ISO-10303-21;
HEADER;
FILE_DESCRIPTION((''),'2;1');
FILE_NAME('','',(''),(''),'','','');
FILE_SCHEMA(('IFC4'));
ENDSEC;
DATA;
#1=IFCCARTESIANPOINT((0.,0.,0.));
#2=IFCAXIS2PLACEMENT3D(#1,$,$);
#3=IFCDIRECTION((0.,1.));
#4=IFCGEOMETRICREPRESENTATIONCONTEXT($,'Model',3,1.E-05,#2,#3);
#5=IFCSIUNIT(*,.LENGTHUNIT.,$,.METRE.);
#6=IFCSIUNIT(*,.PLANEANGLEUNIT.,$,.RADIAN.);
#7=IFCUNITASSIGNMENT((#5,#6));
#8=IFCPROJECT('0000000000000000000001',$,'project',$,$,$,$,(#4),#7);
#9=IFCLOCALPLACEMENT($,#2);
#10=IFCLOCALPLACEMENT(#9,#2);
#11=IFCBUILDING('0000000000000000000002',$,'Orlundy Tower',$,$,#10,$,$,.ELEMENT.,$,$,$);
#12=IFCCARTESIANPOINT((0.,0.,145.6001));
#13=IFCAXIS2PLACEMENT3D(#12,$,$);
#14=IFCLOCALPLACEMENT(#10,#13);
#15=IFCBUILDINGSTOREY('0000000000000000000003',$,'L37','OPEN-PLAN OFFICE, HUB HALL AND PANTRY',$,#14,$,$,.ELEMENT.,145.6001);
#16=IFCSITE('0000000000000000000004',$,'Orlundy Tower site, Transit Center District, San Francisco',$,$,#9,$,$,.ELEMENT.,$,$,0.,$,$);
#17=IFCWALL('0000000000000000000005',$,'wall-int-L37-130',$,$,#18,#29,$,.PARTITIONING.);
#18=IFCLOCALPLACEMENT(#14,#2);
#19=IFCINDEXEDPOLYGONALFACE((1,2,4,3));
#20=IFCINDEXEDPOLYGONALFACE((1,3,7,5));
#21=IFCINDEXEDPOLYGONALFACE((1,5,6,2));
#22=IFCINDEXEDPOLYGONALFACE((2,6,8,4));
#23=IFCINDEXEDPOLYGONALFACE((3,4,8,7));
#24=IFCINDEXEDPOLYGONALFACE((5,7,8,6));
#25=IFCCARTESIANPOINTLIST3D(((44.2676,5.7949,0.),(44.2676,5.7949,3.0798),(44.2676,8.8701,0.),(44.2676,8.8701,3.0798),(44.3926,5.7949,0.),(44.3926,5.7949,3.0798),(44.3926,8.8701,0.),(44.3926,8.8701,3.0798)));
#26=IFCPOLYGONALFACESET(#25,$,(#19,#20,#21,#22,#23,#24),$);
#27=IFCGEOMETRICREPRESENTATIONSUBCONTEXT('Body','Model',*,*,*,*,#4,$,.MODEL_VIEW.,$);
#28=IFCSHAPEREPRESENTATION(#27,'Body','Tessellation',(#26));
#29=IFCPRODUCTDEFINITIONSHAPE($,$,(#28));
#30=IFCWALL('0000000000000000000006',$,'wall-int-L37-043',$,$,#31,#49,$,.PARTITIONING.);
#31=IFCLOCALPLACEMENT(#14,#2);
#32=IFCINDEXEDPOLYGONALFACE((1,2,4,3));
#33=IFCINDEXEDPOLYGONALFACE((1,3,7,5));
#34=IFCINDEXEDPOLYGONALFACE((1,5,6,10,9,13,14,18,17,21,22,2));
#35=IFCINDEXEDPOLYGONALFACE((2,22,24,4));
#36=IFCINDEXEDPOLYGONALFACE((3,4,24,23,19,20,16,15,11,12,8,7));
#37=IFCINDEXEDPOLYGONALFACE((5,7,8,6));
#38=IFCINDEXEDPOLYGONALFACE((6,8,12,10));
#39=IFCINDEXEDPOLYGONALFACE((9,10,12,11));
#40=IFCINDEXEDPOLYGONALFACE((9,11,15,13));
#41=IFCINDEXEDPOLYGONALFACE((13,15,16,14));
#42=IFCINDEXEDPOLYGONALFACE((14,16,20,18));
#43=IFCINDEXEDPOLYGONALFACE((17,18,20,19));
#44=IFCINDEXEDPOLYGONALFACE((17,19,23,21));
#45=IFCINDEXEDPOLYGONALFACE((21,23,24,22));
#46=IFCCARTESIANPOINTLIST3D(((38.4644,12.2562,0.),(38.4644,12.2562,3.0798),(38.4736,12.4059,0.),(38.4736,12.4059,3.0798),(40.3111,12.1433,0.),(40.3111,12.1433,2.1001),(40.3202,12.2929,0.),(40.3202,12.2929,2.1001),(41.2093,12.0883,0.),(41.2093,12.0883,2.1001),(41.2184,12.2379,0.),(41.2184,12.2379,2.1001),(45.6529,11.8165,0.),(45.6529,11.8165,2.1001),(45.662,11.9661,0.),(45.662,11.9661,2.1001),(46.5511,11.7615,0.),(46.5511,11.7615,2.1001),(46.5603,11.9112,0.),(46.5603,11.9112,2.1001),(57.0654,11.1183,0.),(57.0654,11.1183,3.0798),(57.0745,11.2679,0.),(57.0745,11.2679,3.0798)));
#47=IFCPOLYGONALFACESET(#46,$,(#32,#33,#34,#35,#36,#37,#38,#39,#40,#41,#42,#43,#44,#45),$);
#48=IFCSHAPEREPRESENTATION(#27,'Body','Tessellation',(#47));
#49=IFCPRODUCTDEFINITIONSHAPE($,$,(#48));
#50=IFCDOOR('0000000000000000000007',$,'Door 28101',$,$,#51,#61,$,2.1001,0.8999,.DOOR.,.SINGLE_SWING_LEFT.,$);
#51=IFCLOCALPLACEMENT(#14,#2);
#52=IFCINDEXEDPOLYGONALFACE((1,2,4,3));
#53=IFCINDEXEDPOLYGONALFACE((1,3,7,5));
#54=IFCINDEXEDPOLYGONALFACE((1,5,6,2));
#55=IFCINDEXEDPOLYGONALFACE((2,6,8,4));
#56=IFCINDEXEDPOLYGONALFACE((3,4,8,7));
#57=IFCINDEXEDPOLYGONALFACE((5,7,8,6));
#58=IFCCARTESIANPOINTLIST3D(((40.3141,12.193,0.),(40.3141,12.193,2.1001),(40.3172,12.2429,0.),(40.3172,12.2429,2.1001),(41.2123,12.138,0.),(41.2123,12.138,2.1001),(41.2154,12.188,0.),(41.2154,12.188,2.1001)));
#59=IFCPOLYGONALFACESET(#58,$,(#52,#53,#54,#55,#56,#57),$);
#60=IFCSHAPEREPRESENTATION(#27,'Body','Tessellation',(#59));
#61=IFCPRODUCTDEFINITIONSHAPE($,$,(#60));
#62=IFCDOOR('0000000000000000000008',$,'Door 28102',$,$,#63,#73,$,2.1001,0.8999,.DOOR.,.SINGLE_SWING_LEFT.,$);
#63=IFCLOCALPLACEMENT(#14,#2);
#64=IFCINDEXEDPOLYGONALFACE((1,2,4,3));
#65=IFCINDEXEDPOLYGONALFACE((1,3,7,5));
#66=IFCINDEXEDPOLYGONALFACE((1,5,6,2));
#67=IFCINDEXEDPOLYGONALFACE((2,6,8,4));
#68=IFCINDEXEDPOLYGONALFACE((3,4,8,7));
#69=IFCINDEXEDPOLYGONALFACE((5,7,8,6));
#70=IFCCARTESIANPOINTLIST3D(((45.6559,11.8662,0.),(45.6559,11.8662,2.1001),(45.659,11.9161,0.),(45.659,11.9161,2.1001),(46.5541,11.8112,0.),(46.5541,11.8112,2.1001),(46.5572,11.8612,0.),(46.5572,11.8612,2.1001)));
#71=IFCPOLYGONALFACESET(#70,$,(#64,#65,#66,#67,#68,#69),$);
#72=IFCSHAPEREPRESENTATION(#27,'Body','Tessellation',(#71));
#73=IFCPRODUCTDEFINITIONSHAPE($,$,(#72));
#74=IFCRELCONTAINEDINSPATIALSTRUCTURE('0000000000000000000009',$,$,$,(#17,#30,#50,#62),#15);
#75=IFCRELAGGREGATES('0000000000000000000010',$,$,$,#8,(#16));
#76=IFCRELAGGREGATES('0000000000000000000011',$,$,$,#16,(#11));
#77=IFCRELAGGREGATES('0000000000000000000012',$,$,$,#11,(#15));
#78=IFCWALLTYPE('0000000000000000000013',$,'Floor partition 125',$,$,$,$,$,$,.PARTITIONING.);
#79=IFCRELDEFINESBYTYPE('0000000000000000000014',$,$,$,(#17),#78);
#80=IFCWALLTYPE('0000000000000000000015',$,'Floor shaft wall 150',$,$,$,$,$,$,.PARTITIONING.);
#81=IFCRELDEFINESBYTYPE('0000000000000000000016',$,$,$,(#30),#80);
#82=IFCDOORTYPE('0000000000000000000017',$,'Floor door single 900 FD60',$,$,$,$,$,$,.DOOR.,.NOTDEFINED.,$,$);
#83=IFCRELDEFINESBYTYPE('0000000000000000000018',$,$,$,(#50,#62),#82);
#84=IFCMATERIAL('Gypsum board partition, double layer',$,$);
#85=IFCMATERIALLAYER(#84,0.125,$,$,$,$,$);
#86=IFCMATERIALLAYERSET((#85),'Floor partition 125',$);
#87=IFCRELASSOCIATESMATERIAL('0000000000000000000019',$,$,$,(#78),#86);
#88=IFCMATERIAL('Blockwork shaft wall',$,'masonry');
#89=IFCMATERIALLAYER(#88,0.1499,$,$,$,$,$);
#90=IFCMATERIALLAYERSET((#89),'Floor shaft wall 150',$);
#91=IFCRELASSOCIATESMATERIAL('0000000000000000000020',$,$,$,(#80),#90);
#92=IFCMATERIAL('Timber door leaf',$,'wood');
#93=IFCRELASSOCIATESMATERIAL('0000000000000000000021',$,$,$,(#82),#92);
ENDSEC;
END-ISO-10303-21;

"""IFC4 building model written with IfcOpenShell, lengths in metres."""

from ifc_helpers import new_model, si_unit, direction, frame, frame_2d, origin, place, context, subcontext, project, spatial, rectangle, extrude, material, layer, layer_set, type_object, element, fill, save


model = new_model("IFC4")

# Units and contexts
model_context = context("Model", 3, precision=1e-05, world=origin(), true_north=direction((0.0, 1.0)))
body_context = subcontext(model_context, "Body", "Model", "MODEL_VIEW")
ifc_project = project(units=[si_unit("LENGTHUNIT", "METRE"), si_unit("PLANEANGLEUNIT", "RADIAN")], contexts=[model_context])

# Site, building, storey
site_placement = place(None, origin())
site = spatial("IfcSite", under=ifc_project, at=site_placement, Name="Orlundy Tower site, Transit Center District, San Francisco", CompositionType="ELEMENT", RefElevation=0.0)
building_placement = place(site_placement, origin())
building = spatial("IfcBuilding", under=site, at=building_placement, Name="Orlundy Tower", CompositionType="ELEMENT")
storey_placement = place(building_placement, frame((0.0, 0.0, 145.6001)))
storey = spatial("IfcBuildingStorey", under=building, at=storey_placement, Name="L37", Description="OPEN-PLAN OFFICE, HUB HALL AND PANTRY", CompositionType="ELEMENT", Elevation=145.6001)

# Shared definitions
ifc_material_1 = material(Name="Gypsum board partition, double layer")
ifc_layer_1 = layer(ifc_material_1, 0.125)
ifc_layer_set_1 = layer_set([ifc_layer_1], Name="Floor partition 125")
wall_type_1 = type_object("IfcWallType", Name="Floor partition 125", PredefinedType="PARTITIONING", material=ifc_layer_set_1)

# Wall
wall_1_placement = place(storey_placement, frame((44.3301, 5.7949, 0.0), z_axis=(0.0, 0.0, 1.0), x_axis=(0.0, 1.0, 0.0)))
element("IfcWall", 1, at=wall_1_placement, inside=storey, type_object=wall_type_1, Name="wall-int-L37-130", PredefinedType="PARTITIONING", context=body_context, shape_type="SweptSolid", body=[
    extrude(rectangle(XDim=3.0752, YDim=0.125, at=frame_2d((1.5376, 0.0))), origin(), (0.0, 0.0, 1.0), 3.0798),
])

# Wall, openings, doors
ifc_material_2 = material(Name="Blockwork shaft wall", Category="masonry")
ifc_layer_2 = layer(ifc_material_2, 0.1499)
ifc_layer_set_2 = layer_set([ifc_layer_2], Name="Floor shaft wall 150")
wall_type_2 = type_object("IfcWallType", Name="Floor shaft wall 150", PredefinedType="PARTITIONING", material=ifc_layer_set_2)
wall_2_placement = place(storey_placement, frame((38.469, 12.3311, 0.0), z_axis=(0.0, 0.0, 1.0), x_axis=(0.998134, -0.061062, 0.0)))
wall_2 = element("IfcWall", 2, at=wall_2_placement, inside=storey, type_object=wall_type_2, Name="wall-int-L37-043", PredefinedType="PARTITIONING", context=body_context, shape_type="SweptSolid", body=[
    extrude(rectangle(XDim=18.6357, YDim=0.1499, at=frame_2d((9.3179, 0.0))), origin(), (0.0, 0.0, 1.0), 3.0798),
])
opening_1_placement = place(wall_2_placement, frame((1.8501, 0.0, 0.0)))
opening_1 = element("IfcOpeningElement", 3, at=opening_1_placement, cuts=wall_2, PredefinedType="OPENING", context=body_context, shape_type="SweptSolid", body=[
    extrude(rectangle(XDim=0.8999, YDim=2.1001, at=frame_2d((0.45, 1.05))), frame((0.0, 0.085, 0.0), z_axis=(0.0, -1.0, 0.0), x_axis=(1.0, 0.0, 0.0)), (0.0, 0.0, 1.0), 0.1699),
])
opening_2_placement = place(wall_2_placement, frame((7.2019, 0.0, 0.0)))
opening_2 = element("IfcOpeningElement", 4, at=opening_2_placement, cuts=wall_2, PredefinedType="OPENING", context=body_context, shape_type="SweptSolid", body=[
    extrude(rectangle(XDim=0.8999, YDim=2.1001, at=frame_2d((0.45, 1.05))), frame((0.0, 0.085, 0.0), z_axis=(0.0, -1.0, 0.0), x_axis=(1.0, 0.0, 0.0)), (0.0, 0.0, 1.0), 0.1699),
])
ifc_material_3 = material(Name="Timber door leaf", Category="wood")
door_type_1 = type_object("IfcDoorType", Name="Floor door single 900 FD60", OperationType="NOTDEFINED", PredefinedType="DOOR", material=ifc_material_3)
door_1_placement = place(opening_1_placement, origin())
door_1 = element("IfcDoor", 5, at=door_1_placement, inside=storey, type_object=door_type_1, Name="Door 28101", OperationType="SINGLE_SWING_LEFT", OverallHeight=2.1001, OverallWidth=0.8999, PredefinedType="DOOR", context=body_context, shape_type="SweptSolid", body=[
    extrude(rectangle(XDim=0.8999, YDim=2.1001, at=frame_2d((0.45, 1.05))), frame((0.0, 0.0249, 0.0), z_axis=(0.0, -1.0, 0.0), x_axis=(1.0, 0.0, 0.0)), (0.0, 0.0, 1.0), 0.05),
])
fill(opening_1, door_1)
door_2_placement = place(opening_2_placement, origin())
door_2 = element("IfcDoor", 6, at=door_2_placement, inside=storey, type_object=door_type_1, Name="Door 28102", OperationType="SINGLE_SWING_LEFT", OverallHeight=2.1001, OverallWidth=0.8999, PredefinedType="DOOR", context=body_context, shape_type="SweptSolid", body=[
    extrude(rectangle(XDim=0.8999, YDim=2.1001, at=frame_2d((0.45, 1.05))), frame((0.0, 0.0249, 0.0), z_axis=(0.0, -1.0, 0.0), x_axis=(1.0, 0.0, 0.0)), (0.0, 0.0, 1.0), 0.05),
])
fill(opening_2, door_2)

save(model, "model.ifc")
